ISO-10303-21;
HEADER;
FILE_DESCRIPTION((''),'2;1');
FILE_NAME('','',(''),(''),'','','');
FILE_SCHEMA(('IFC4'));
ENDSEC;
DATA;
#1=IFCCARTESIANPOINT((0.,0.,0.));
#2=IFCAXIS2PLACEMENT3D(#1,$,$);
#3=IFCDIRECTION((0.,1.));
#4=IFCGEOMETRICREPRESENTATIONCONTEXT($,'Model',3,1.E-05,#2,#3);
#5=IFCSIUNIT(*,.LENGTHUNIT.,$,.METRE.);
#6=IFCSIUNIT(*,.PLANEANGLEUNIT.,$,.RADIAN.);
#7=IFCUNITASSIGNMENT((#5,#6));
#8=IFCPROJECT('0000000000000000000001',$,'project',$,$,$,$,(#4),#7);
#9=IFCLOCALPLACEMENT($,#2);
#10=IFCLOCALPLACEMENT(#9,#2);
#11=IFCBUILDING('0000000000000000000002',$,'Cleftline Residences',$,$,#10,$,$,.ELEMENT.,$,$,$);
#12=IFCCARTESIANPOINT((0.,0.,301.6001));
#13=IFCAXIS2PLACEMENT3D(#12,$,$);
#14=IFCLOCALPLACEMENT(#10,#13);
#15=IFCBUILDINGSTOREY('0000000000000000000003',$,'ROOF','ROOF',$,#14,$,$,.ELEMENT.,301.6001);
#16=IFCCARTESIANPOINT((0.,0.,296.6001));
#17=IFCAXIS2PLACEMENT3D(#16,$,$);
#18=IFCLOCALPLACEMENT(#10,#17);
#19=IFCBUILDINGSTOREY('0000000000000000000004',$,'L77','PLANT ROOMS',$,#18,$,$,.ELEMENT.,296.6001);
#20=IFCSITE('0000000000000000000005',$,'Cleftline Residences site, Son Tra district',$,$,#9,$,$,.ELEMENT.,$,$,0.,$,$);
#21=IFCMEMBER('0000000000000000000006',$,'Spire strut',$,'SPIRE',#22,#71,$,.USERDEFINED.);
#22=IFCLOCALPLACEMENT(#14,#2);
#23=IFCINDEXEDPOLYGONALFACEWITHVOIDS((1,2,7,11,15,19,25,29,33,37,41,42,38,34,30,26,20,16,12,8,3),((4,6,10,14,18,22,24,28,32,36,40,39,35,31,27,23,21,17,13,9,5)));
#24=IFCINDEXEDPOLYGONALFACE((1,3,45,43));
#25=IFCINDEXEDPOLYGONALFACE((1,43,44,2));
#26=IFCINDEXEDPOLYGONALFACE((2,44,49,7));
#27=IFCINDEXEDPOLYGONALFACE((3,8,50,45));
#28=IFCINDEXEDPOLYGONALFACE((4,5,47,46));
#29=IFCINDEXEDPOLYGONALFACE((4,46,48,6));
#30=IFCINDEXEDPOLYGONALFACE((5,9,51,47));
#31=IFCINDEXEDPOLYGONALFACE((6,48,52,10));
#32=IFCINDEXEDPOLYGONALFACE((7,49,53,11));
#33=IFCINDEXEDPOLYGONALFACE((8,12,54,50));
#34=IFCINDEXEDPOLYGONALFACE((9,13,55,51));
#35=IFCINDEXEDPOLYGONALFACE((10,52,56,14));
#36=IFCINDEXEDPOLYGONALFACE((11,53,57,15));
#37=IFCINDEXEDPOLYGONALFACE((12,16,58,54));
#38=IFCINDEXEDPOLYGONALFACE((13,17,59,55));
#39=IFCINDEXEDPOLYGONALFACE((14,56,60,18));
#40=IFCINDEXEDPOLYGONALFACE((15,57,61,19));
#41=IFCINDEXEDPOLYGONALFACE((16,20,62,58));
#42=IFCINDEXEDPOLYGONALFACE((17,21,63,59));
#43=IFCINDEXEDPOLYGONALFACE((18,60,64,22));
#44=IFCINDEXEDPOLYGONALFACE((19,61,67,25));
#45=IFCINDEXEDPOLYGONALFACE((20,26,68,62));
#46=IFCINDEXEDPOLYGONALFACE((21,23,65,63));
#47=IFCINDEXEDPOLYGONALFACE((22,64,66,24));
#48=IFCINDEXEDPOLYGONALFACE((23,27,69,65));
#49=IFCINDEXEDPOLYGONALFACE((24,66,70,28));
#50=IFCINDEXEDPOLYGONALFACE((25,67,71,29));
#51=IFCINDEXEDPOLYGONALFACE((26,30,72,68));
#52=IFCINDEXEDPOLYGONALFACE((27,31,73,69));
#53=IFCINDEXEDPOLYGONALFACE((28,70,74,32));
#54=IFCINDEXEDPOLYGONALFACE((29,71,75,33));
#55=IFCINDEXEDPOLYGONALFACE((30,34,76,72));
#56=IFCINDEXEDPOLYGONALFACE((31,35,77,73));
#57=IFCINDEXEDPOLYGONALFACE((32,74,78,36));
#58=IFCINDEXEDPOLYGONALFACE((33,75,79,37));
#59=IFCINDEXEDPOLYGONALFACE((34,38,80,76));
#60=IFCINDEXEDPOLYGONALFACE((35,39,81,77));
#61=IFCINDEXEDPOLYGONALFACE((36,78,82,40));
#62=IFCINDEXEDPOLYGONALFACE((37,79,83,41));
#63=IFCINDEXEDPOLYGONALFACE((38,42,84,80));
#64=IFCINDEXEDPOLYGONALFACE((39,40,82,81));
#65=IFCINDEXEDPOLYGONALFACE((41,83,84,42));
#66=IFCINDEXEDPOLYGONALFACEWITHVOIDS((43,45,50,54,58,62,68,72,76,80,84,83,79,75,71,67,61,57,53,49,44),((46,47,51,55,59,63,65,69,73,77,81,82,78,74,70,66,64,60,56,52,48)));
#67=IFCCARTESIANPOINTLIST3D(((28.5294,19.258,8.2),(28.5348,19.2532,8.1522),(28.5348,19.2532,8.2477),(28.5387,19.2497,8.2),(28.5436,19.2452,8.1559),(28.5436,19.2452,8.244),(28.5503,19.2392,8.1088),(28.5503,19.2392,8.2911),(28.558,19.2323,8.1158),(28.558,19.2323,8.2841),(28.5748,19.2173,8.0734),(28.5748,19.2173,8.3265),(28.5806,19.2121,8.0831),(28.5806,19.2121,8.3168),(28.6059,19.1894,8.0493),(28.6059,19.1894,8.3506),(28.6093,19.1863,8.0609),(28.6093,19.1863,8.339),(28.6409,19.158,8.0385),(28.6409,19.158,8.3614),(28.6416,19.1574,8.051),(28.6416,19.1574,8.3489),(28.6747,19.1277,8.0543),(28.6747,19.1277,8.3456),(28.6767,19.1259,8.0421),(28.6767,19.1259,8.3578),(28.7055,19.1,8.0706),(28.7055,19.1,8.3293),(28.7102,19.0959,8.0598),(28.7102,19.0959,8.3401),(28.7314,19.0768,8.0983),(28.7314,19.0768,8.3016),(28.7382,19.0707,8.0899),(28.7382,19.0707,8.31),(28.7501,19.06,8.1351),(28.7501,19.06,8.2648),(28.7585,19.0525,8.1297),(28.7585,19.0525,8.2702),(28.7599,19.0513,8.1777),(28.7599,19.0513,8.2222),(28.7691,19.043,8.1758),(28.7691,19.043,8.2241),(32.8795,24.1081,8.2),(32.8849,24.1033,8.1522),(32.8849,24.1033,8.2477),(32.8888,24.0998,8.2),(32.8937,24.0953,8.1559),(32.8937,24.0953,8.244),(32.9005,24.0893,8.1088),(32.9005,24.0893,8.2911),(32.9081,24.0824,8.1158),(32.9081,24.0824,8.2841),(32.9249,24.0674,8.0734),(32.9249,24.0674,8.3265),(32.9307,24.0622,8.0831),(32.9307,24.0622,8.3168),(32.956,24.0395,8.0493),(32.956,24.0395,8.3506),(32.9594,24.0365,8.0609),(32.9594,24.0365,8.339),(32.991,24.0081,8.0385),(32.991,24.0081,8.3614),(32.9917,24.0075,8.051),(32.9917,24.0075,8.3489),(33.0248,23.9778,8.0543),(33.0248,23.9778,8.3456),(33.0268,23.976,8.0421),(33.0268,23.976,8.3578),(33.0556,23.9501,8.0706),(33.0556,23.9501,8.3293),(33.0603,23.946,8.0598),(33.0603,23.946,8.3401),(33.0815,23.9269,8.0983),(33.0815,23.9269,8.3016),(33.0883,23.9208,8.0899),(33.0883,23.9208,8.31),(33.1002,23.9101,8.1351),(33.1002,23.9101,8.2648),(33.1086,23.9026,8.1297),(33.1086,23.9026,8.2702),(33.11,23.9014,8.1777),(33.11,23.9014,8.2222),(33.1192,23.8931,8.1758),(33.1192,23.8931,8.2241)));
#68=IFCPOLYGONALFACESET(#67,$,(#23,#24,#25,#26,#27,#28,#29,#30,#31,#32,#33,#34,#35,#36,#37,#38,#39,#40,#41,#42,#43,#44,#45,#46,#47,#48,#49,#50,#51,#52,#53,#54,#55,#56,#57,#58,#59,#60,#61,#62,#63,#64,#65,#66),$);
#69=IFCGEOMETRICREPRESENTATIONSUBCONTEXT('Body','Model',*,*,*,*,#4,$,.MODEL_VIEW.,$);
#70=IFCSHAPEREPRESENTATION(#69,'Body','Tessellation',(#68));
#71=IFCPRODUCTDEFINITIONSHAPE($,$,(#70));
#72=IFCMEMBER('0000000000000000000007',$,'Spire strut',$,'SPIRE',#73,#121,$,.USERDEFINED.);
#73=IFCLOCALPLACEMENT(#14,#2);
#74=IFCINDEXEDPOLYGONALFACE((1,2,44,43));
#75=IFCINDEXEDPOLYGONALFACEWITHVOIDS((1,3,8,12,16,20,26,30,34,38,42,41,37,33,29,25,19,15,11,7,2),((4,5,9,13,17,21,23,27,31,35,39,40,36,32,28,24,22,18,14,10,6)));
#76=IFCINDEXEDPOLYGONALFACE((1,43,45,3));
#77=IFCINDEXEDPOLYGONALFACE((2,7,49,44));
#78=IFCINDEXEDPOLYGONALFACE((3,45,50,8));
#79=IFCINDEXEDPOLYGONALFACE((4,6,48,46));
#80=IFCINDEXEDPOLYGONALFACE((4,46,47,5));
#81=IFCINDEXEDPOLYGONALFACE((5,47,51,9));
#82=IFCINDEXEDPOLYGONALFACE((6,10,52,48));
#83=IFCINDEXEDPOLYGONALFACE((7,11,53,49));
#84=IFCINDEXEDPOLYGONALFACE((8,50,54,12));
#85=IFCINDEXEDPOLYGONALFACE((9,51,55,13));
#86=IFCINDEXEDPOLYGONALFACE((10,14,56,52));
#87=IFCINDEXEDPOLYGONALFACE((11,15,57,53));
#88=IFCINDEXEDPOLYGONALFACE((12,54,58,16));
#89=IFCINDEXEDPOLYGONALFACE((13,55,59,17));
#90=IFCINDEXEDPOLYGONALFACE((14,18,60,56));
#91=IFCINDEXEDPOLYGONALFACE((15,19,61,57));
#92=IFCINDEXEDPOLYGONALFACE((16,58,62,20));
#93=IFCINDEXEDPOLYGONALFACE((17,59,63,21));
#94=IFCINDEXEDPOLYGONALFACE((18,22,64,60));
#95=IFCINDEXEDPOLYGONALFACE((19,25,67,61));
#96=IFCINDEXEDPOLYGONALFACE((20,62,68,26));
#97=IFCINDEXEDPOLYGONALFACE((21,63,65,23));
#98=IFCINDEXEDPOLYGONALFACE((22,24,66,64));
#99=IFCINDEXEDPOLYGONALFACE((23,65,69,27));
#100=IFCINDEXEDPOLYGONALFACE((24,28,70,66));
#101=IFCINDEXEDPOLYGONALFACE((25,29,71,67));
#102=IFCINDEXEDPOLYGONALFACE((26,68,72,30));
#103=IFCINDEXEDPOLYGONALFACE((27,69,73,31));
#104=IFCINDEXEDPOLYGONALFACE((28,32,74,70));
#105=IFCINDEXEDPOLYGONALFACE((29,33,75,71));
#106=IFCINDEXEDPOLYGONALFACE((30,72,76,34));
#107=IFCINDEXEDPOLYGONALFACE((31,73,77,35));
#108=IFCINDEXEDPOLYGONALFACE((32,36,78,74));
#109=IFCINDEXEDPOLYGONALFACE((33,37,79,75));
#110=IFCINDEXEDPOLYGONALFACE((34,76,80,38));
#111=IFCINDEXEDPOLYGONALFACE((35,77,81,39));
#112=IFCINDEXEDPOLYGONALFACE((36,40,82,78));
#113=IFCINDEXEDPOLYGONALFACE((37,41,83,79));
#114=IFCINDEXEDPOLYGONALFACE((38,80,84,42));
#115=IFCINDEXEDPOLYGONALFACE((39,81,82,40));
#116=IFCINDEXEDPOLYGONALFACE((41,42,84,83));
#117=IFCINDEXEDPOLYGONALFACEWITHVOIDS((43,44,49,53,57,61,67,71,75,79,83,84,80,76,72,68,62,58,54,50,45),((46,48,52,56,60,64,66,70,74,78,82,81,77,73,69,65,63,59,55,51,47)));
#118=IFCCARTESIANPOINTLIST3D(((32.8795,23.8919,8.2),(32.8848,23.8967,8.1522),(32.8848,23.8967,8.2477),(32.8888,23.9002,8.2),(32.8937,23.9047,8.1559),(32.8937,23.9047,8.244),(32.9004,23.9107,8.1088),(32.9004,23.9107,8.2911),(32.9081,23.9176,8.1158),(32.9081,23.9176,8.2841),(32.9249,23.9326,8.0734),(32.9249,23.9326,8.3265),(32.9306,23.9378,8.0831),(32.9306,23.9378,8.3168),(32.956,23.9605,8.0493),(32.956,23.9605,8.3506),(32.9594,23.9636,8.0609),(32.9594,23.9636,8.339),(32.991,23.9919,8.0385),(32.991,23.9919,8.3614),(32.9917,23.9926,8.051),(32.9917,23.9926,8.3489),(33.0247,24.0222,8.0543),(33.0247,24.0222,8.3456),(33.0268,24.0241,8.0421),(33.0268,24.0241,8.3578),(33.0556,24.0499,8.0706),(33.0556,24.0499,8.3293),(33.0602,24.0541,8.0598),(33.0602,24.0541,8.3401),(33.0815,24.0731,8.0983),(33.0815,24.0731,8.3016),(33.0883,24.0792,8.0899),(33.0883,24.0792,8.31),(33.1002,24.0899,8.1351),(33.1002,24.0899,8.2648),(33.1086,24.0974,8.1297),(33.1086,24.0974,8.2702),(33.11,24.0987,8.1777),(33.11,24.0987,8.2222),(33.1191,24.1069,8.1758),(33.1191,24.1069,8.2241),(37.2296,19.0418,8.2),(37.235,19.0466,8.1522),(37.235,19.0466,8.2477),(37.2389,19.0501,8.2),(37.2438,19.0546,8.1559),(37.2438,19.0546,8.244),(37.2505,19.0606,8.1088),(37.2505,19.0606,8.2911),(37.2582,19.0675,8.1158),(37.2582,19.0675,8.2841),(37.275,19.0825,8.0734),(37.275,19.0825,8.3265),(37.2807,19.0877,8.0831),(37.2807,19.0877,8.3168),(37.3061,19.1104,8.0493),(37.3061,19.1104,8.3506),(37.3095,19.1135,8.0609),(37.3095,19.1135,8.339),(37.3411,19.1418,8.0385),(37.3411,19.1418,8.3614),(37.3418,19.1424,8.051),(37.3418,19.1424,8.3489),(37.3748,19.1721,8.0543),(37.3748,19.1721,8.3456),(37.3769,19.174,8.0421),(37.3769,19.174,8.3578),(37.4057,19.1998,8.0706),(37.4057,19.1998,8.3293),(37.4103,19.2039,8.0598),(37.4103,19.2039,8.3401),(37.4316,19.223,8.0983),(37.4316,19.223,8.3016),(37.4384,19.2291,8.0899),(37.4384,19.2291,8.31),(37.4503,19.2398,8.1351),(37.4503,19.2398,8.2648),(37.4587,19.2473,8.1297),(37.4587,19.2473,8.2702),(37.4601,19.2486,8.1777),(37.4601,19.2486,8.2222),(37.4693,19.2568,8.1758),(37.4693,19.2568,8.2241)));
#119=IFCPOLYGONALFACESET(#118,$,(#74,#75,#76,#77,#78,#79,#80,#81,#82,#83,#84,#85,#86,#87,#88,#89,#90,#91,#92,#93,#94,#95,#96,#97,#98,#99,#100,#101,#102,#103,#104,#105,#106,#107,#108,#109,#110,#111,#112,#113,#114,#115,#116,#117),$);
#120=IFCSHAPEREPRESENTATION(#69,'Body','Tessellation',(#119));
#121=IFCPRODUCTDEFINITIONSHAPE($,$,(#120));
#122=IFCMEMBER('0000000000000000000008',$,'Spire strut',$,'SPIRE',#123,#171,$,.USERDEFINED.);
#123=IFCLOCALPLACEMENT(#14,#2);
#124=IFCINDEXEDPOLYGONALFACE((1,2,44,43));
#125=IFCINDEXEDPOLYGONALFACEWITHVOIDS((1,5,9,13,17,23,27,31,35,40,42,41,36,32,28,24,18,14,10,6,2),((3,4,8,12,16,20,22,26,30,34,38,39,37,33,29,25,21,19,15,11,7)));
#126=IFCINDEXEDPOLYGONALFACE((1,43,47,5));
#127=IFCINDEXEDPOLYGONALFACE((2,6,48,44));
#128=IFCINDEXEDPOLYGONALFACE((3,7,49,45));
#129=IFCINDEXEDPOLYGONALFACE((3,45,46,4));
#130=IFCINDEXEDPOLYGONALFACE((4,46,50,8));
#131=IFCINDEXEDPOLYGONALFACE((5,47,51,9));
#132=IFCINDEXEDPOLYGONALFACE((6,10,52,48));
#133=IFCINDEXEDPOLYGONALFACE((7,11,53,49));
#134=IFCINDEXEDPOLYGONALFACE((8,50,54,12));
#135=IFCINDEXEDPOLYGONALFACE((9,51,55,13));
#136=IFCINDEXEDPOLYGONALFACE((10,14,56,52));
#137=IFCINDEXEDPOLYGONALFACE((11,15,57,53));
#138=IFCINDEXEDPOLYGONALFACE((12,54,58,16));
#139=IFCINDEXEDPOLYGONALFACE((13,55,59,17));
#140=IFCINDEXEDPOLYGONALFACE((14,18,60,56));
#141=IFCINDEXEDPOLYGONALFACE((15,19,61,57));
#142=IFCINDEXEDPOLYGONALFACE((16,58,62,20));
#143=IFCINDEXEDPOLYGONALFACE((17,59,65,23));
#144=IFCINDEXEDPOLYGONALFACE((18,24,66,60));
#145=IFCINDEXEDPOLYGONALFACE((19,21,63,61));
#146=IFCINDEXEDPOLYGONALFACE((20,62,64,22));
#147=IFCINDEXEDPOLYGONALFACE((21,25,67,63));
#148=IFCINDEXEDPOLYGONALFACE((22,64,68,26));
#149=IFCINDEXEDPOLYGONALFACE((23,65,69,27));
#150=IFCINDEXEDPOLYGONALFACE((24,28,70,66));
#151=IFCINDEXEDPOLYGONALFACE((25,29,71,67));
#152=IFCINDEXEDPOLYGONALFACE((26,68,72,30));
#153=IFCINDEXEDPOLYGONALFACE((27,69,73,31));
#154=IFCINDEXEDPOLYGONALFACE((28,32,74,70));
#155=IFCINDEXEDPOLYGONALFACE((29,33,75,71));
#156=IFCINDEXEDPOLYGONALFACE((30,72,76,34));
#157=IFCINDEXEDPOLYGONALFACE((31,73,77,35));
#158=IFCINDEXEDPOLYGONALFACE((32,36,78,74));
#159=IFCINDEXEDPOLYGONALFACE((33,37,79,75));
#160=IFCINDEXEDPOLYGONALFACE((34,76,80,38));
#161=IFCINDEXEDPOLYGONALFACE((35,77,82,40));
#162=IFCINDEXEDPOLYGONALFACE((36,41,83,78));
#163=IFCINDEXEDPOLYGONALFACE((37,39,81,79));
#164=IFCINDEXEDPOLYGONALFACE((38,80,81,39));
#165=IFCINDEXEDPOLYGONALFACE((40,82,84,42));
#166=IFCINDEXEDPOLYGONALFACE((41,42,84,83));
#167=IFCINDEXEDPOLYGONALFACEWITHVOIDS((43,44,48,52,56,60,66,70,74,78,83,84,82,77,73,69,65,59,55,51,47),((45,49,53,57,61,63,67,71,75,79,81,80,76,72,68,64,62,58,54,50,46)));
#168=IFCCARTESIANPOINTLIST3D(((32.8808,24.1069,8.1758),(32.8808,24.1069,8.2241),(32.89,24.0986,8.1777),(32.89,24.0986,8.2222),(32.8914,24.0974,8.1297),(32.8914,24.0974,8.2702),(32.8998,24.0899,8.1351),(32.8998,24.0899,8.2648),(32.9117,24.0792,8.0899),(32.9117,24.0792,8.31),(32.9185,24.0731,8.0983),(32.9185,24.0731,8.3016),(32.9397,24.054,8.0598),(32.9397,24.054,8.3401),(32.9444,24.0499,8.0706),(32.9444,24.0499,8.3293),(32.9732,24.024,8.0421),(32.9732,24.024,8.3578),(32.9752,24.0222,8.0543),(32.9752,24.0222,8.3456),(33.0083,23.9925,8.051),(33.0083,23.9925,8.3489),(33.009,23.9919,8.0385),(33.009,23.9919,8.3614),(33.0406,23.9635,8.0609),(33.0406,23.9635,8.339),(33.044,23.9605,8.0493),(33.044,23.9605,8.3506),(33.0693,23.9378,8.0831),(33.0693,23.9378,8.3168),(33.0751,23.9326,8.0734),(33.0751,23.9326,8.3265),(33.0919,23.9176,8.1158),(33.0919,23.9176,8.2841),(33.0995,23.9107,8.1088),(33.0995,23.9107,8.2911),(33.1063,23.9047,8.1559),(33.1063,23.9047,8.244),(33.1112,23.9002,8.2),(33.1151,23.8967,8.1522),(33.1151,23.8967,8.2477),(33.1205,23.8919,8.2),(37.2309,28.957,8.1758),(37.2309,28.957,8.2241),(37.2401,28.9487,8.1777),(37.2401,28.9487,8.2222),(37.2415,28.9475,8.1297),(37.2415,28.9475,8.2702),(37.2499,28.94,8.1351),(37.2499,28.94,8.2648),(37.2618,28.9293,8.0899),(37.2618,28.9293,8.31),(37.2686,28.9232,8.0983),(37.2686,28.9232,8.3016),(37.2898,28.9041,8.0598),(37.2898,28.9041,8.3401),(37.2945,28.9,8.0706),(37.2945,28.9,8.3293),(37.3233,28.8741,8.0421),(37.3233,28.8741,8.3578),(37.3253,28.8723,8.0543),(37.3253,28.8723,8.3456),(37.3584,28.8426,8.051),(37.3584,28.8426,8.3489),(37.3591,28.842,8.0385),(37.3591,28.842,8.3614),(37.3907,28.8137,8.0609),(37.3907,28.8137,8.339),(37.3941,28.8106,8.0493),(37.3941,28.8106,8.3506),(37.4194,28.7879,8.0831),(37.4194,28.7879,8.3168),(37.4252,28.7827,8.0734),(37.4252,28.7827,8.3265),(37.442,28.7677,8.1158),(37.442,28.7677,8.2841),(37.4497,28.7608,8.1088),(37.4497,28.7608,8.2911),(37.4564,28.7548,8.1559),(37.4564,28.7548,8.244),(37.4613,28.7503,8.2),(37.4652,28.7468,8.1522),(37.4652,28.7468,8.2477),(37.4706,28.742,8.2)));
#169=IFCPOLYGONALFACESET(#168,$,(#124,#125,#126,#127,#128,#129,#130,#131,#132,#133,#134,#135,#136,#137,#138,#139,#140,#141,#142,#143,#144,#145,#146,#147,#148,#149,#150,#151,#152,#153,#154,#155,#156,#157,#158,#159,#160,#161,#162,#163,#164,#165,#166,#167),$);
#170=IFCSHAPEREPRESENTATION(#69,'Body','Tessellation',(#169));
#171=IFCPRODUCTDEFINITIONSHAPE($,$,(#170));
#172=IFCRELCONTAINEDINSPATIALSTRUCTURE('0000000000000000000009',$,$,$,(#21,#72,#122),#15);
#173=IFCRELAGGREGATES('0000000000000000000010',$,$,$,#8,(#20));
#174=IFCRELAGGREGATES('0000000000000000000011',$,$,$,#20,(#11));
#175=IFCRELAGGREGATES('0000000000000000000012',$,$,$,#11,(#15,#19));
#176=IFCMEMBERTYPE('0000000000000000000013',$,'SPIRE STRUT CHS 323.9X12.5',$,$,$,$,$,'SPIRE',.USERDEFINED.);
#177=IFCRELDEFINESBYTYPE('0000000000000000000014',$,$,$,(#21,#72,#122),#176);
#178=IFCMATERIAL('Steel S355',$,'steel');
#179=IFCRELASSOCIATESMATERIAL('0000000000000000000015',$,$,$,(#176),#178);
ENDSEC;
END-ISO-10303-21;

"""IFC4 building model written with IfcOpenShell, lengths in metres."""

from ifc_helpers import new_model, si_unit, direction, frame, origin, origin_2d, place, context, subcontext, project, spatial, hollow_circle, extrude, material, material_profile, profile_set, type_object, element, save


model = new_model("IFC4")

# Units and contexts
model_context = context("Model", 3, precision=1e-05, world=origin(), true_north=direction((0.0, 1.0)))
body_context = subcontext(model_context, "Body", "Model", "MODEL_VIEW")
ifc_project = project(units=[si_unit("LENGTHUNIT", "METRE"), si_unit("PLANEANGLEUNIT", "RADIAN")], contexts=[model_context])

# Site, building, storey
site_placement = place(None, origin())
site = spatial("IfcSite", under=ifc_project, at=site_placement, Name="Cleftline Residences site, Son Tra district", CompositionType="ELEMENT", RefElevation=0.0)
building_placement = place(site_placement, origin())
building = spatial("IfcBuilding", under=site, at=building_placement, Name="Cleftline Residences", CompositionType="ELEMENT")
storey_1_placement = place(building_placement, frame((0.0, 0.0, 301.6001)))
storey_1 = spatial("IfcBuildingStorey", under=building, at=storey_1_placement, Name="ROOF", Description="ROOF", CompositionType="ELEMENT", Elevation=301.6001)

# Members
ifc_material_1 = material(Name="Steel S355", Category="steel")
ifc_material_profile_1 = material_profile(ifc_material_1, hollow_circle(Radius=0.1619, WallThickness=0.0125, at=origin_2d()))
ifc_profile_set_1 = profile_set([ifc_material_profile_1], Name="Steel S355")
member_type_1 = type_object("IfcMemberType", Name="SPIRE STRUT CHS 323.9X12.5", ElementType="SPIRE", PredefinedType="USERDEFINED", material=ifc_profile_set_1)
for number, where, z_axis, x_axis, name in (
    (1, (28.6499, 19.1499, 8.2), (0.667693, 0.744437, 0.0), (-0.744437, 0.667693, 0.0), "Spire strut"),
    (2, (37.3501, 19.1499, 8.2), (-0.667693, 0.744437, 0.0), (-0.744437, -0.667693, 0.0), "Spire strut"),
    (3, (37.3501, 28.8501, 8.2), (-0.667693, -0.744437, 0.0), (0.744437, -0.667693, 0.0), "Spire strut"),
):
    element("IfcMember", number, at=place(storey_1_placement, frame(where, z_axis=z_axis, x_axis=x_axis)), inside=storey_1, type_object=member_type_1, Name=name, ObjectType="SPIRE", PredefinedType="USERDEFINED", context=body_context, shape_type="SweptSolid", body=[
        extrude(hollow_circle(Radius=0.1619, WallThickness=0.0125, at=origin_2d()), origin(), (0.0, 0.0, 1.0), 6.5151),
    ])

# Shared definitions
storey_2_placement = place(building_placement, frame((0.0, 0.0, 296.6001)))
storey_2 = spatial("IfcBuildingStorey", under=building, at=storey_2_placement, Name="L77", Description="PLANT ROOMS", CompositionType="ELEMENT", Elevation=296.6001)

save(model, "model.ifc")
